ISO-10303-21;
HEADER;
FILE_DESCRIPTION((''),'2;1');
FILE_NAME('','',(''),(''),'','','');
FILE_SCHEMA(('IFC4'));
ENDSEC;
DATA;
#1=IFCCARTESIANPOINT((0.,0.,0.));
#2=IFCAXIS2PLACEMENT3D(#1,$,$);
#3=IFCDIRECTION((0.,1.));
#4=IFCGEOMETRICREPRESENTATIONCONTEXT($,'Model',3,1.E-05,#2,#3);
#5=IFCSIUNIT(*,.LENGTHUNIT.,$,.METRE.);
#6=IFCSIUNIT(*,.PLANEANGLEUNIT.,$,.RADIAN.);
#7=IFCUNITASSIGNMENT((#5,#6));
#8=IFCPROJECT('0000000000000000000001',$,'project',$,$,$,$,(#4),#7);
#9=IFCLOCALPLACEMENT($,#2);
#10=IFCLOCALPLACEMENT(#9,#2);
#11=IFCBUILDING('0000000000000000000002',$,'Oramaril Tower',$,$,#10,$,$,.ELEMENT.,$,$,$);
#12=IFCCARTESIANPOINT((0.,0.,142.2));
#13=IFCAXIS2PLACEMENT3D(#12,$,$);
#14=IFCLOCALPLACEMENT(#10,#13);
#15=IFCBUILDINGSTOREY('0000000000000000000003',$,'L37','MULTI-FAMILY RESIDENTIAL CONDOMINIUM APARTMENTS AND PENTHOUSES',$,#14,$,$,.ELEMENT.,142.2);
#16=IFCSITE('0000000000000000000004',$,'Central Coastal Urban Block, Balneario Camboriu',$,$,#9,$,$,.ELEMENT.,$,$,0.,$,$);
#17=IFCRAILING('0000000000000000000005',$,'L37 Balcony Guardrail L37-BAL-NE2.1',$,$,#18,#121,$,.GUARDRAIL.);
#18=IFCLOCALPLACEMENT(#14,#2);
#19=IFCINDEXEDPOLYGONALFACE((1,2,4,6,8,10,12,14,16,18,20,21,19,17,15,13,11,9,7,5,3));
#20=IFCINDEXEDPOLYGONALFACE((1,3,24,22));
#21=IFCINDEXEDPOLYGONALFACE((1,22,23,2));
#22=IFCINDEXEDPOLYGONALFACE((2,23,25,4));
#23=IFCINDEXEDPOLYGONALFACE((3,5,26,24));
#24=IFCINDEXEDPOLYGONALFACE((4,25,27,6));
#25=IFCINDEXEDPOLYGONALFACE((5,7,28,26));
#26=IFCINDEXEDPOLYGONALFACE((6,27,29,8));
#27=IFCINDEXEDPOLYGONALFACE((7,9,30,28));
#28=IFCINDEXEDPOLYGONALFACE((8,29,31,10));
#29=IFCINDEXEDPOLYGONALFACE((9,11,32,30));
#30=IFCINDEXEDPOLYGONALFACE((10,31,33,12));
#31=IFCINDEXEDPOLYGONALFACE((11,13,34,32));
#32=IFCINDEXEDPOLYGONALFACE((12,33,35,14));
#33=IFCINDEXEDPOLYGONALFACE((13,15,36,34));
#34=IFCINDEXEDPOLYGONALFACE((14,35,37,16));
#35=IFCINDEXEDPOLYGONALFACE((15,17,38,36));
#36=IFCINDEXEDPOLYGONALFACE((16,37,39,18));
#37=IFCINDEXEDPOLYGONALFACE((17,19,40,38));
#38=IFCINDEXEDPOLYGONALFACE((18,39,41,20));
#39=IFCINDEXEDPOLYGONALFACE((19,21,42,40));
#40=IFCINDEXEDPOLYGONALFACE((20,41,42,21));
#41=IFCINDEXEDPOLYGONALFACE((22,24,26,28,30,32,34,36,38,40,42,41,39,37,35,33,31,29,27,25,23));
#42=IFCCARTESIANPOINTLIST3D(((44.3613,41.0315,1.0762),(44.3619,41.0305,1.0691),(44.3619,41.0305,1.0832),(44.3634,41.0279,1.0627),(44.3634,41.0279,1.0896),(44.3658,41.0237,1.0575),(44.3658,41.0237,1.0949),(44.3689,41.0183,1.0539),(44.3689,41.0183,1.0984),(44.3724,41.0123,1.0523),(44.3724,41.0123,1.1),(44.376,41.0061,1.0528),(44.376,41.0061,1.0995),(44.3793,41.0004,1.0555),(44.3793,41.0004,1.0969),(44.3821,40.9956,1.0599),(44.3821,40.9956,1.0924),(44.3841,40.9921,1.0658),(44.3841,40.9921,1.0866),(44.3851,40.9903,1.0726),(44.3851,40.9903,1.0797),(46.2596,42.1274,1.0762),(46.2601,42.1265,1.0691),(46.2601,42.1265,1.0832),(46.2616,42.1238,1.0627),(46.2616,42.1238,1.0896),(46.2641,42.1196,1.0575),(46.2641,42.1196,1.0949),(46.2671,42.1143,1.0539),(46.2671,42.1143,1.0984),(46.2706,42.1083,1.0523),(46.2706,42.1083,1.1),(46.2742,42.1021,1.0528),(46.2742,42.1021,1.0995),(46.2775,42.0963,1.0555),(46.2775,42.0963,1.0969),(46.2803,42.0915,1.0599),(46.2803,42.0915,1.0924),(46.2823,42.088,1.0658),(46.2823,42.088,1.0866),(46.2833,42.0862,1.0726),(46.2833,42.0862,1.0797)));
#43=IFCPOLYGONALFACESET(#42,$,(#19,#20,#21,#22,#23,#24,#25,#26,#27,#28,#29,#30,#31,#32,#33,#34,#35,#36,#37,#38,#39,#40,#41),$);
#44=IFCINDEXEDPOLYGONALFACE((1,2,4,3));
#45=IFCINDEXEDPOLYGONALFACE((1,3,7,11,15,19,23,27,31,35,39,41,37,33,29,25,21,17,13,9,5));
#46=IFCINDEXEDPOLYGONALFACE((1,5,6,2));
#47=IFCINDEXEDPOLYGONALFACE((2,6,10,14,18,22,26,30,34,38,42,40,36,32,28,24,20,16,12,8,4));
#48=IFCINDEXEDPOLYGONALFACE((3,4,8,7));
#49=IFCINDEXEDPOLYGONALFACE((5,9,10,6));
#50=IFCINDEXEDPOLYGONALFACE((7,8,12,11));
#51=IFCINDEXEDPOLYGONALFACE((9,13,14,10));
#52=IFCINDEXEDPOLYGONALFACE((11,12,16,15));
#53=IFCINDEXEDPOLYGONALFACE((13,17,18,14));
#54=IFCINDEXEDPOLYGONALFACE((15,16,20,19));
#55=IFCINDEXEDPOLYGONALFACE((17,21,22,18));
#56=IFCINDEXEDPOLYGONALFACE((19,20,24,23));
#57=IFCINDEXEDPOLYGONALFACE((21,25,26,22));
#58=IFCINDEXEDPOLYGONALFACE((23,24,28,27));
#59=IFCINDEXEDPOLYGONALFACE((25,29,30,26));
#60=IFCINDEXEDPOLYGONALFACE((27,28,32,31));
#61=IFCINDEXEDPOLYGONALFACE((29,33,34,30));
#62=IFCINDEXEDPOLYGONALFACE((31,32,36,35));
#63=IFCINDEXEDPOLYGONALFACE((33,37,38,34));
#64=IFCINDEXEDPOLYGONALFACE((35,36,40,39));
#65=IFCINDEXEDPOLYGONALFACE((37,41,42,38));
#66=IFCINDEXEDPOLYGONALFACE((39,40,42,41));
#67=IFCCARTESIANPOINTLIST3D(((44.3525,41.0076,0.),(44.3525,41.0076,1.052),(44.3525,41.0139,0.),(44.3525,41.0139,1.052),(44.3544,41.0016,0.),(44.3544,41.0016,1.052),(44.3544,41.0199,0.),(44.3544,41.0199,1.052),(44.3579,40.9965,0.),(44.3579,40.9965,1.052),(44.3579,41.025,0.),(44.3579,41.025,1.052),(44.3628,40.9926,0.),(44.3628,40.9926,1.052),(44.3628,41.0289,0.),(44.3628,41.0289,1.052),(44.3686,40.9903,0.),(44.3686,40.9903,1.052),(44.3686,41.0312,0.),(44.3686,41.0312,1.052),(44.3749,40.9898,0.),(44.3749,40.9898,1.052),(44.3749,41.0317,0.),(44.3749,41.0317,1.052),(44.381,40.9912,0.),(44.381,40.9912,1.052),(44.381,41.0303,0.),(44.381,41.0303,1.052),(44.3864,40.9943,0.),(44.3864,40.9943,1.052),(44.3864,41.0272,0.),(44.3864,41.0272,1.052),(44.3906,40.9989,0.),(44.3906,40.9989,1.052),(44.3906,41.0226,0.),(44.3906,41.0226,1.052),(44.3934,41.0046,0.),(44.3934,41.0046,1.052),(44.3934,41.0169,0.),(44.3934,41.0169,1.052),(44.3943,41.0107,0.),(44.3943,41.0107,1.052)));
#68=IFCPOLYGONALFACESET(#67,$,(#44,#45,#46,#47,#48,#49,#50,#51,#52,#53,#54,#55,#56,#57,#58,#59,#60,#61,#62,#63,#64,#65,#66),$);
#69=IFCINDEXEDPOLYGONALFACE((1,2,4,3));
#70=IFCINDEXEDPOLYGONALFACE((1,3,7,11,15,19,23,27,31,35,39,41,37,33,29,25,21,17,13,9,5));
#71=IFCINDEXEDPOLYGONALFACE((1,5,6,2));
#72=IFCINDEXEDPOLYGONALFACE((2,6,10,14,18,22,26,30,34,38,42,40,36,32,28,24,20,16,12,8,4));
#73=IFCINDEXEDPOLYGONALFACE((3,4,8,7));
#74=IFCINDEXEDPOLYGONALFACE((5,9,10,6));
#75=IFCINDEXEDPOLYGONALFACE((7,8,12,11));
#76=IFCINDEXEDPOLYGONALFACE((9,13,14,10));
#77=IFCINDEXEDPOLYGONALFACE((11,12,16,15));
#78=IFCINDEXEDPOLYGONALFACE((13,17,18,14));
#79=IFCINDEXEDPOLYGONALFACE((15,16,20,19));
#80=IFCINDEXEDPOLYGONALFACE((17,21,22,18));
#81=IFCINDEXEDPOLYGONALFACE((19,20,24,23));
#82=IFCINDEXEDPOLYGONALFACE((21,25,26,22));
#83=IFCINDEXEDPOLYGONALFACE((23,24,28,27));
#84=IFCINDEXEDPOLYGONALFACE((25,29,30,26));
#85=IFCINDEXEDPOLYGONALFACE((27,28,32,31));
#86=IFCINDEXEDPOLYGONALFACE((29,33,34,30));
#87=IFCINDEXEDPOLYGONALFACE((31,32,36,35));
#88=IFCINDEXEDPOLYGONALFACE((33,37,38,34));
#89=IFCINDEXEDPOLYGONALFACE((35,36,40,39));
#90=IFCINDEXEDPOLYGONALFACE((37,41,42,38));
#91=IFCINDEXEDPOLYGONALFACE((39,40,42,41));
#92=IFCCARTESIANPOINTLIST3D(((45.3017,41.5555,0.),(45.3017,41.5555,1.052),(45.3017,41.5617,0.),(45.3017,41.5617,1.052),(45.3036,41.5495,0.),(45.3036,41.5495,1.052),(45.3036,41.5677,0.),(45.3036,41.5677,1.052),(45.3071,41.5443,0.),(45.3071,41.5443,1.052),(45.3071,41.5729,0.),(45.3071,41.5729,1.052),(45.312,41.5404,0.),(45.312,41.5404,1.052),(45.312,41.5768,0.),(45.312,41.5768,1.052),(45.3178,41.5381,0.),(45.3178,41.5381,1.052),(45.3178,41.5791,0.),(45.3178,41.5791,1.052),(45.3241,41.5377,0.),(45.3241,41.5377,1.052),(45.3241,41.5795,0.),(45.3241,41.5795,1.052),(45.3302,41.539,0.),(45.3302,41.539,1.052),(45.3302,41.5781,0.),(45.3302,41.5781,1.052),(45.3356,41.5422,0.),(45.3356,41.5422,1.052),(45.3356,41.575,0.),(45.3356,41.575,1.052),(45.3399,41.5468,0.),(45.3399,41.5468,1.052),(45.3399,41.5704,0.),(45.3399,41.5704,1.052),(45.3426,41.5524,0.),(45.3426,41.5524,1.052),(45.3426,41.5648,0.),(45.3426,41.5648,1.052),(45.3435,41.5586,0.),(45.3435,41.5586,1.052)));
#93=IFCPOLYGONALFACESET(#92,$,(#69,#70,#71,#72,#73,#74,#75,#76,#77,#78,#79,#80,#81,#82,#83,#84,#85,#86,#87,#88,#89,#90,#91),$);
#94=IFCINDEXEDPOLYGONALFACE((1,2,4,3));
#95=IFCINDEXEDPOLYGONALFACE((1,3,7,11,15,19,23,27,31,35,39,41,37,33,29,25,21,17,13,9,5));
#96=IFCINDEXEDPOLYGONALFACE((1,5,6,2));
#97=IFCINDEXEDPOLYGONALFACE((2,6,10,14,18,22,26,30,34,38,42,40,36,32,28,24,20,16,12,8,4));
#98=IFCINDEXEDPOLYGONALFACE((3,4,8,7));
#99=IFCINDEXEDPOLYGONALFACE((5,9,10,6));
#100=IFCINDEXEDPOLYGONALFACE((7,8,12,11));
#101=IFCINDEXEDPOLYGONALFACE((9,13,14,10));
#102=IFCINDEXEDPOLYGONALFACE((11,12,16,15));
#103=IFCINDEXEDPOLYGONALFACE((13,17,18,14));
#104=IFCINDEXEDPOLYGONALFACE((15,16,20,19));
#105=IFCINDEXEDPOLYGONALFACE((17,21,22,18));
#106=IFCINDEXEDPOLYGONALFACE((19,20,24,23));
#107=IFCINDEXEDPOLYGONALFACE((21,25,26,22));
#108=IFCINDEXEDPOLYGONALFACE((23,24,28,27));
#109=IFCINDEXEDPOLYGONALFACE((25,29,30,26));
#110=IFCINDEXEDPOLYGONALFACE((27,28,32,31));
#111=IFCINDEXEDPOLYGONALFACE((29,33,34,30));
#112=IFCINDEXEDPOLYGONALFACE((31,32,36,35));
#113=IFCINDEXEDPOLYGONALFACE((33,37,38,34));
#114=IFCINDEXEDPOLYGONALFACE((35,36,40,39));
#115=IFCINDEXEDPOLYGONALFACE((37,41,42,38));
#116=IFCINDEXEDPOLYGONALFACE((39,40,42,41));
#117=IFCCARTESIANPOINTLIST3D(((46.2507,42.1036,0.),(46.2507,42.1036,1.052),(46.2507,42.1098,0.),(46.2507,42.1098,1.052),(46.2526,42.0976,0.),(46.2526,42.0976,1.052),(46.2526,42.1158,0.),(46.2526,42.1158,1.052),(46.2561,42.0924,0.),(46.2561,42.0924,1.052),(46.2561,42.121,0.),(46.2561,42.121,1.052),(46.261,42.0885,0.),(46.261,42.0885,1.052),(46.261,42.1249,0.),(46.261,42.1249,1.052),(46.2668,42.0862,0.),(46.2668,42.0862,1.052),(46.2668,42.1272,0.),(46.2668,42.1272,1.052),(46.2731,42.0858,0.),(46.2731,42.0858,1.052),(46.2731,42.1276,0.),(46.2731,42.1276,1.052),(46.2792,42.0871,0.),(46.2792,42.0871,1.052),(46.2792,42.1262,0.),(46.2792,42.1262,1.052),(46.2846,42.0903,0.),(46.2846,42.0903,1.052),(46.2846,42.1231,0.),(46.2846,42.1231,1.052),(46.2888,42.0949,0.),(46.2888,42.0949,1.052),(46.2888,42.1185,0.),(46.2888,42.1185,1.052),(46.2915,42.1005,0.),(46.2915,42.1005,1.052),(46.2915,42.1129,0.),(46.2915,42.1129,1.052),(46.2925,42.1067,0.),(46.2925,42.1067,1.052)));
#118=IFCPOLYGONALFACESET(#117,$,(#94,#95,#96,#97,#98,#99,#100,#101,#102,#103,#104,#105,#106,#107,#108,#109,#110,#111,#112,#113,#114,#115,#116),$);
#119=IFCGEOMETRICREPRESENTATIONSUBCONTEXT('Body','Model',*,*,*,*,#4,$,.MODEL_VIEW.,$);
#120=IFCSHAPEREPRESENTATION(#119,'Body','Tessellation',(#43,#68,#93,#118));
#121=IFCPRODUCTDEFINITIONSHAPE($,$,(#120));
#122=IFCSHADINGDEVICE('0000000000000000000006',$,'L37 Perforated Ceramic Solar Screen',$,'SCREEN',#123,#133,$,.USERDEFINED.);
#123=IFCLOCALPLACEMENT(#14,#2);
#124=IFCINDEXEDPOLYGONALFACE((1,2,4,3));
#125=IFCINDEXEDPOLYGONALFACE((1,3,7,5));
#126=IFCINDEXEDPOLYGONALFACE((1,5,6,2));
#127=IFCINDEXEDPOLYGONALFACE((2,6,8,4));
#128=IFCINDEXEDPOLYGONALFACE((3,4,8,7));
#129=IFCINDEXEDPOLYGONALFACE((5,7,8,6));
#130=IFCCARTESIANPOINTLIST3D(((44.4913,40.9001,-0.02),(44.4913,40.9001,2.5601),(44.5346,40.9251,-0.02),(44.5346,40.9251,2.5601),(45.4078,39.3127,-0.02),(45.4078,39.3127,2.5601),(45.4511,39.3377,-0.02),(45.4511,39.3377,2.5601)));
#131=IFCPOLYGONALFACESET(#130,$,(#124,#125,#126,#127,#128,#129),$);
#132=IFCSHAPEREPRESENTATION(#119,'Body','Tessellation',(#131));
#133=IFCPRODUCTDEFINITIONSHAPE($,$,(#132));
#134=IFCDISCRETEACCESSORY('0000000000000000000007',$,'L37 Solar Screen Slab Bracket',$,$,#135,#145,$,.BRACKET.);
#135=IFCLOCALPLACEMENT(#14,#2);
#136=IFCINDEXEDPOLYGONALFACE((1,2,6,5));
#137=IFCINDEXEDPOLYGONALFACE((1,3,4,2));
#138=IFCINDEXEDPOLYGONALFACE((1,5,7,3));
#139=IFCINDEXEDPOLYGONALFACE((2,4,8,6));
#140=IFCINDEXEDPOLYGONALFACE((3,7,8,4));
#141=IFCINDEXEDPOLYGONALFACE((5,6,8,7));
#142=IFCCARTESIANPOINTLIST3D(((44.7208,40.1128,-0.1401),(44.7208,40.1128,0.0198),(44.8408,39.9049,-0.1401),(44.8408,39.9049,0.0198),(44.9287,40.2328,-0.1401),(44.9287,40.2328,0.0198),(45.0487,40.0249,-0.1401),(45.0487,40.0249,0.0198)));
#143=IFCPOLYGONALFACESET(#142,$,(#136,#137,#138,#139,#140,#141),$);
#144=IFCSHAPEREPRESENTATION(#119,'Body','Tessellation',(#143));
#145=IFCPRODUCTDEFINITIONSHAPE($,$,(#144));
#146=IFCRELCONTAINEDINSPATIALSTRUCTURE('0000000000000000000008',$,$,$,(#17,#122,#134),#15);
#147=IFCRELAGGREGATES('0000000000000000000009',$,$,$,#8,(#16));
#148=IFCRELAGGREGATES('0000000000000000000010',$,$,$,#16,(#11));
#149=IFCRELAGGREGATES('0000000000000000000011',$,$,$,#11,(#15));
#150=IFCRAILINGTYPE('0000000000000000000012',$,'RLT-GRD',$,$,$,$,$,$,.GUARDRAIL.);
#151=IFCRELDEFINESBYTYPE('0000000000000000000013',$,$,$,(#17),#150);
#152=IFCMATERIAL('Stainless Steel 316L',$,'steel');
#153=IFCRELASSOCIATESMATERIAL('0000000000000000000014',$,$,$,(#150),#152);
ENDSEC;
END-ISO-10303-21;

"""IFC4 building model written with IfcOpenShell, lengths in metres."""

from ifc_helpers import new_model, si_unit, direction, frame, origin, origin_2d, place, context, subcontext, project, spatial, rectangle, circle, extrude, material, type_object, element, save


model = new_model("IFC4")

# Units and contexts
model_context = context("Model", 3, precision=1e-05, world=origin(), true_north=direction((0.0, 1.0)))
body_context = subcontext(model_context, "Body", "Model", "MODEL_VIEW")
ifc_project = project(units=[si_unit("LENGTHUNIT", "METRE"), si_unit("PLANEANGLEUNIT", "RADIAN")], contexts=[model_context])

# Site, building, storey
site_placement = place(None, origin())
site = spatial("IfcSite", under=ifc_project, at=site_placement, Name="Central Coastal Urban Block, Balneario Camboriu", CompositionType="ELEMENT", RefElevation=0.0)
building_placement = place(site_placement, origin())
building = spatial("IfcBuilding", under=site, at=building_placement, Name="Oramaril Tower", CompositionType="ELEMENT")
storey_placement = place(building_placement, frame((0.0, 0.0, 142.2)))
storey = spatial("IfcBuildingStorey", under=building, at=storey_placement, Name="L37", Description="MULTI-FAMILY RESIDENTIAL CONDOMINIUM APARTMENTS AND PENTHOUSES", CompositionType="ELEMENT", Elevation=142.2)

# Railing
ifc_material_1 = material(Name="Stainless Steel 316L", Category="steel")
railing_type = type_object("IfcRailingType", Name="RLT-GRD", PredefinedType="GUARDRAIL", material=ifc_material_1)
railing_placement = place(storey_placement, frame((44.3733, 41.0107, 0.0)))
element("IfcRailing", 1, at=railing_placement, inside=storey, type_object=railing_type, Name="L37 Balcony Guardrail L37-BAL-NE2.1", PredefinedType="GUARDRAIL", context=body_context, shape_type="SweptSolid", body=[
    extrude(circle(Radius=0.0239, at=origin_2d()), frame((0.0, 0.0, 1.0762), z_axis=(0.866021, 0.500008, 0.0), x_axis=(-0.500008, 0.866021, 0.0)), (0.0, 0.0, 1.0), 2.1919),
    extrude(circle(Radius=0.021, at=origin_2d()), origin(), (0.0, 0.0, 1.0), 1.052),
    extrude(circle(Radius=0.021, at=origin_2d()), frame((0.9492, 0.5479, 0.0)), (0.0, 0.0, 1.0), 1.052),
    extrude(circle(Radius=0.021, at=origin_2d()), frame((1.8982, 1.0959, 0.0)), (0.0, 0.0, 1.0), 1.052),
])

# Shading device
shading_device_placement = place(storey_placement, frame((44.9712, 40.1189, -0.02), z_axis=(0.0, 0.0, 1.0), x_axis=(-0.499998, 0.866026, 0.0)))
element("IfcShadingDevice", 2, at=shading_device_placement, inside=storey, Name="L37 Perforated Ceramic Solar Screen", ObjectType="SCREEN", PredefinedType="USERDEFINED", context=body_context, shape_type="SweptSolid", body=[
    extrude(rectangle(XDim=1.833, YDim=0.05, at=origin_2d()), origin(), (0.0, 0.0, 1.0), 2.5801),
])

# Discrete accessory
discrete_accessory_placement = place(storey_placement, frame((44.8848, 40.0688, -0.1401), z_axis=(0.0, 0.0, 1.0), x_axis=(-0.499998, 0.866026, 0.0)))
element("IfcDiscreteAccessory", 3, at=discrete_accessory_placement, inside=storey, Name="L37 Solar Screen Slab Bracket", PredefinedType="BRACKET", context=body_context, shape_type="SweptSolid", body=[
    extrude(rectangle(XDim=0.24, YDim=0.24, at=origin_2d()), origin(), (0.0, 0.0, 1.0), 0.1599),
])

save(model, "model.ifc")
